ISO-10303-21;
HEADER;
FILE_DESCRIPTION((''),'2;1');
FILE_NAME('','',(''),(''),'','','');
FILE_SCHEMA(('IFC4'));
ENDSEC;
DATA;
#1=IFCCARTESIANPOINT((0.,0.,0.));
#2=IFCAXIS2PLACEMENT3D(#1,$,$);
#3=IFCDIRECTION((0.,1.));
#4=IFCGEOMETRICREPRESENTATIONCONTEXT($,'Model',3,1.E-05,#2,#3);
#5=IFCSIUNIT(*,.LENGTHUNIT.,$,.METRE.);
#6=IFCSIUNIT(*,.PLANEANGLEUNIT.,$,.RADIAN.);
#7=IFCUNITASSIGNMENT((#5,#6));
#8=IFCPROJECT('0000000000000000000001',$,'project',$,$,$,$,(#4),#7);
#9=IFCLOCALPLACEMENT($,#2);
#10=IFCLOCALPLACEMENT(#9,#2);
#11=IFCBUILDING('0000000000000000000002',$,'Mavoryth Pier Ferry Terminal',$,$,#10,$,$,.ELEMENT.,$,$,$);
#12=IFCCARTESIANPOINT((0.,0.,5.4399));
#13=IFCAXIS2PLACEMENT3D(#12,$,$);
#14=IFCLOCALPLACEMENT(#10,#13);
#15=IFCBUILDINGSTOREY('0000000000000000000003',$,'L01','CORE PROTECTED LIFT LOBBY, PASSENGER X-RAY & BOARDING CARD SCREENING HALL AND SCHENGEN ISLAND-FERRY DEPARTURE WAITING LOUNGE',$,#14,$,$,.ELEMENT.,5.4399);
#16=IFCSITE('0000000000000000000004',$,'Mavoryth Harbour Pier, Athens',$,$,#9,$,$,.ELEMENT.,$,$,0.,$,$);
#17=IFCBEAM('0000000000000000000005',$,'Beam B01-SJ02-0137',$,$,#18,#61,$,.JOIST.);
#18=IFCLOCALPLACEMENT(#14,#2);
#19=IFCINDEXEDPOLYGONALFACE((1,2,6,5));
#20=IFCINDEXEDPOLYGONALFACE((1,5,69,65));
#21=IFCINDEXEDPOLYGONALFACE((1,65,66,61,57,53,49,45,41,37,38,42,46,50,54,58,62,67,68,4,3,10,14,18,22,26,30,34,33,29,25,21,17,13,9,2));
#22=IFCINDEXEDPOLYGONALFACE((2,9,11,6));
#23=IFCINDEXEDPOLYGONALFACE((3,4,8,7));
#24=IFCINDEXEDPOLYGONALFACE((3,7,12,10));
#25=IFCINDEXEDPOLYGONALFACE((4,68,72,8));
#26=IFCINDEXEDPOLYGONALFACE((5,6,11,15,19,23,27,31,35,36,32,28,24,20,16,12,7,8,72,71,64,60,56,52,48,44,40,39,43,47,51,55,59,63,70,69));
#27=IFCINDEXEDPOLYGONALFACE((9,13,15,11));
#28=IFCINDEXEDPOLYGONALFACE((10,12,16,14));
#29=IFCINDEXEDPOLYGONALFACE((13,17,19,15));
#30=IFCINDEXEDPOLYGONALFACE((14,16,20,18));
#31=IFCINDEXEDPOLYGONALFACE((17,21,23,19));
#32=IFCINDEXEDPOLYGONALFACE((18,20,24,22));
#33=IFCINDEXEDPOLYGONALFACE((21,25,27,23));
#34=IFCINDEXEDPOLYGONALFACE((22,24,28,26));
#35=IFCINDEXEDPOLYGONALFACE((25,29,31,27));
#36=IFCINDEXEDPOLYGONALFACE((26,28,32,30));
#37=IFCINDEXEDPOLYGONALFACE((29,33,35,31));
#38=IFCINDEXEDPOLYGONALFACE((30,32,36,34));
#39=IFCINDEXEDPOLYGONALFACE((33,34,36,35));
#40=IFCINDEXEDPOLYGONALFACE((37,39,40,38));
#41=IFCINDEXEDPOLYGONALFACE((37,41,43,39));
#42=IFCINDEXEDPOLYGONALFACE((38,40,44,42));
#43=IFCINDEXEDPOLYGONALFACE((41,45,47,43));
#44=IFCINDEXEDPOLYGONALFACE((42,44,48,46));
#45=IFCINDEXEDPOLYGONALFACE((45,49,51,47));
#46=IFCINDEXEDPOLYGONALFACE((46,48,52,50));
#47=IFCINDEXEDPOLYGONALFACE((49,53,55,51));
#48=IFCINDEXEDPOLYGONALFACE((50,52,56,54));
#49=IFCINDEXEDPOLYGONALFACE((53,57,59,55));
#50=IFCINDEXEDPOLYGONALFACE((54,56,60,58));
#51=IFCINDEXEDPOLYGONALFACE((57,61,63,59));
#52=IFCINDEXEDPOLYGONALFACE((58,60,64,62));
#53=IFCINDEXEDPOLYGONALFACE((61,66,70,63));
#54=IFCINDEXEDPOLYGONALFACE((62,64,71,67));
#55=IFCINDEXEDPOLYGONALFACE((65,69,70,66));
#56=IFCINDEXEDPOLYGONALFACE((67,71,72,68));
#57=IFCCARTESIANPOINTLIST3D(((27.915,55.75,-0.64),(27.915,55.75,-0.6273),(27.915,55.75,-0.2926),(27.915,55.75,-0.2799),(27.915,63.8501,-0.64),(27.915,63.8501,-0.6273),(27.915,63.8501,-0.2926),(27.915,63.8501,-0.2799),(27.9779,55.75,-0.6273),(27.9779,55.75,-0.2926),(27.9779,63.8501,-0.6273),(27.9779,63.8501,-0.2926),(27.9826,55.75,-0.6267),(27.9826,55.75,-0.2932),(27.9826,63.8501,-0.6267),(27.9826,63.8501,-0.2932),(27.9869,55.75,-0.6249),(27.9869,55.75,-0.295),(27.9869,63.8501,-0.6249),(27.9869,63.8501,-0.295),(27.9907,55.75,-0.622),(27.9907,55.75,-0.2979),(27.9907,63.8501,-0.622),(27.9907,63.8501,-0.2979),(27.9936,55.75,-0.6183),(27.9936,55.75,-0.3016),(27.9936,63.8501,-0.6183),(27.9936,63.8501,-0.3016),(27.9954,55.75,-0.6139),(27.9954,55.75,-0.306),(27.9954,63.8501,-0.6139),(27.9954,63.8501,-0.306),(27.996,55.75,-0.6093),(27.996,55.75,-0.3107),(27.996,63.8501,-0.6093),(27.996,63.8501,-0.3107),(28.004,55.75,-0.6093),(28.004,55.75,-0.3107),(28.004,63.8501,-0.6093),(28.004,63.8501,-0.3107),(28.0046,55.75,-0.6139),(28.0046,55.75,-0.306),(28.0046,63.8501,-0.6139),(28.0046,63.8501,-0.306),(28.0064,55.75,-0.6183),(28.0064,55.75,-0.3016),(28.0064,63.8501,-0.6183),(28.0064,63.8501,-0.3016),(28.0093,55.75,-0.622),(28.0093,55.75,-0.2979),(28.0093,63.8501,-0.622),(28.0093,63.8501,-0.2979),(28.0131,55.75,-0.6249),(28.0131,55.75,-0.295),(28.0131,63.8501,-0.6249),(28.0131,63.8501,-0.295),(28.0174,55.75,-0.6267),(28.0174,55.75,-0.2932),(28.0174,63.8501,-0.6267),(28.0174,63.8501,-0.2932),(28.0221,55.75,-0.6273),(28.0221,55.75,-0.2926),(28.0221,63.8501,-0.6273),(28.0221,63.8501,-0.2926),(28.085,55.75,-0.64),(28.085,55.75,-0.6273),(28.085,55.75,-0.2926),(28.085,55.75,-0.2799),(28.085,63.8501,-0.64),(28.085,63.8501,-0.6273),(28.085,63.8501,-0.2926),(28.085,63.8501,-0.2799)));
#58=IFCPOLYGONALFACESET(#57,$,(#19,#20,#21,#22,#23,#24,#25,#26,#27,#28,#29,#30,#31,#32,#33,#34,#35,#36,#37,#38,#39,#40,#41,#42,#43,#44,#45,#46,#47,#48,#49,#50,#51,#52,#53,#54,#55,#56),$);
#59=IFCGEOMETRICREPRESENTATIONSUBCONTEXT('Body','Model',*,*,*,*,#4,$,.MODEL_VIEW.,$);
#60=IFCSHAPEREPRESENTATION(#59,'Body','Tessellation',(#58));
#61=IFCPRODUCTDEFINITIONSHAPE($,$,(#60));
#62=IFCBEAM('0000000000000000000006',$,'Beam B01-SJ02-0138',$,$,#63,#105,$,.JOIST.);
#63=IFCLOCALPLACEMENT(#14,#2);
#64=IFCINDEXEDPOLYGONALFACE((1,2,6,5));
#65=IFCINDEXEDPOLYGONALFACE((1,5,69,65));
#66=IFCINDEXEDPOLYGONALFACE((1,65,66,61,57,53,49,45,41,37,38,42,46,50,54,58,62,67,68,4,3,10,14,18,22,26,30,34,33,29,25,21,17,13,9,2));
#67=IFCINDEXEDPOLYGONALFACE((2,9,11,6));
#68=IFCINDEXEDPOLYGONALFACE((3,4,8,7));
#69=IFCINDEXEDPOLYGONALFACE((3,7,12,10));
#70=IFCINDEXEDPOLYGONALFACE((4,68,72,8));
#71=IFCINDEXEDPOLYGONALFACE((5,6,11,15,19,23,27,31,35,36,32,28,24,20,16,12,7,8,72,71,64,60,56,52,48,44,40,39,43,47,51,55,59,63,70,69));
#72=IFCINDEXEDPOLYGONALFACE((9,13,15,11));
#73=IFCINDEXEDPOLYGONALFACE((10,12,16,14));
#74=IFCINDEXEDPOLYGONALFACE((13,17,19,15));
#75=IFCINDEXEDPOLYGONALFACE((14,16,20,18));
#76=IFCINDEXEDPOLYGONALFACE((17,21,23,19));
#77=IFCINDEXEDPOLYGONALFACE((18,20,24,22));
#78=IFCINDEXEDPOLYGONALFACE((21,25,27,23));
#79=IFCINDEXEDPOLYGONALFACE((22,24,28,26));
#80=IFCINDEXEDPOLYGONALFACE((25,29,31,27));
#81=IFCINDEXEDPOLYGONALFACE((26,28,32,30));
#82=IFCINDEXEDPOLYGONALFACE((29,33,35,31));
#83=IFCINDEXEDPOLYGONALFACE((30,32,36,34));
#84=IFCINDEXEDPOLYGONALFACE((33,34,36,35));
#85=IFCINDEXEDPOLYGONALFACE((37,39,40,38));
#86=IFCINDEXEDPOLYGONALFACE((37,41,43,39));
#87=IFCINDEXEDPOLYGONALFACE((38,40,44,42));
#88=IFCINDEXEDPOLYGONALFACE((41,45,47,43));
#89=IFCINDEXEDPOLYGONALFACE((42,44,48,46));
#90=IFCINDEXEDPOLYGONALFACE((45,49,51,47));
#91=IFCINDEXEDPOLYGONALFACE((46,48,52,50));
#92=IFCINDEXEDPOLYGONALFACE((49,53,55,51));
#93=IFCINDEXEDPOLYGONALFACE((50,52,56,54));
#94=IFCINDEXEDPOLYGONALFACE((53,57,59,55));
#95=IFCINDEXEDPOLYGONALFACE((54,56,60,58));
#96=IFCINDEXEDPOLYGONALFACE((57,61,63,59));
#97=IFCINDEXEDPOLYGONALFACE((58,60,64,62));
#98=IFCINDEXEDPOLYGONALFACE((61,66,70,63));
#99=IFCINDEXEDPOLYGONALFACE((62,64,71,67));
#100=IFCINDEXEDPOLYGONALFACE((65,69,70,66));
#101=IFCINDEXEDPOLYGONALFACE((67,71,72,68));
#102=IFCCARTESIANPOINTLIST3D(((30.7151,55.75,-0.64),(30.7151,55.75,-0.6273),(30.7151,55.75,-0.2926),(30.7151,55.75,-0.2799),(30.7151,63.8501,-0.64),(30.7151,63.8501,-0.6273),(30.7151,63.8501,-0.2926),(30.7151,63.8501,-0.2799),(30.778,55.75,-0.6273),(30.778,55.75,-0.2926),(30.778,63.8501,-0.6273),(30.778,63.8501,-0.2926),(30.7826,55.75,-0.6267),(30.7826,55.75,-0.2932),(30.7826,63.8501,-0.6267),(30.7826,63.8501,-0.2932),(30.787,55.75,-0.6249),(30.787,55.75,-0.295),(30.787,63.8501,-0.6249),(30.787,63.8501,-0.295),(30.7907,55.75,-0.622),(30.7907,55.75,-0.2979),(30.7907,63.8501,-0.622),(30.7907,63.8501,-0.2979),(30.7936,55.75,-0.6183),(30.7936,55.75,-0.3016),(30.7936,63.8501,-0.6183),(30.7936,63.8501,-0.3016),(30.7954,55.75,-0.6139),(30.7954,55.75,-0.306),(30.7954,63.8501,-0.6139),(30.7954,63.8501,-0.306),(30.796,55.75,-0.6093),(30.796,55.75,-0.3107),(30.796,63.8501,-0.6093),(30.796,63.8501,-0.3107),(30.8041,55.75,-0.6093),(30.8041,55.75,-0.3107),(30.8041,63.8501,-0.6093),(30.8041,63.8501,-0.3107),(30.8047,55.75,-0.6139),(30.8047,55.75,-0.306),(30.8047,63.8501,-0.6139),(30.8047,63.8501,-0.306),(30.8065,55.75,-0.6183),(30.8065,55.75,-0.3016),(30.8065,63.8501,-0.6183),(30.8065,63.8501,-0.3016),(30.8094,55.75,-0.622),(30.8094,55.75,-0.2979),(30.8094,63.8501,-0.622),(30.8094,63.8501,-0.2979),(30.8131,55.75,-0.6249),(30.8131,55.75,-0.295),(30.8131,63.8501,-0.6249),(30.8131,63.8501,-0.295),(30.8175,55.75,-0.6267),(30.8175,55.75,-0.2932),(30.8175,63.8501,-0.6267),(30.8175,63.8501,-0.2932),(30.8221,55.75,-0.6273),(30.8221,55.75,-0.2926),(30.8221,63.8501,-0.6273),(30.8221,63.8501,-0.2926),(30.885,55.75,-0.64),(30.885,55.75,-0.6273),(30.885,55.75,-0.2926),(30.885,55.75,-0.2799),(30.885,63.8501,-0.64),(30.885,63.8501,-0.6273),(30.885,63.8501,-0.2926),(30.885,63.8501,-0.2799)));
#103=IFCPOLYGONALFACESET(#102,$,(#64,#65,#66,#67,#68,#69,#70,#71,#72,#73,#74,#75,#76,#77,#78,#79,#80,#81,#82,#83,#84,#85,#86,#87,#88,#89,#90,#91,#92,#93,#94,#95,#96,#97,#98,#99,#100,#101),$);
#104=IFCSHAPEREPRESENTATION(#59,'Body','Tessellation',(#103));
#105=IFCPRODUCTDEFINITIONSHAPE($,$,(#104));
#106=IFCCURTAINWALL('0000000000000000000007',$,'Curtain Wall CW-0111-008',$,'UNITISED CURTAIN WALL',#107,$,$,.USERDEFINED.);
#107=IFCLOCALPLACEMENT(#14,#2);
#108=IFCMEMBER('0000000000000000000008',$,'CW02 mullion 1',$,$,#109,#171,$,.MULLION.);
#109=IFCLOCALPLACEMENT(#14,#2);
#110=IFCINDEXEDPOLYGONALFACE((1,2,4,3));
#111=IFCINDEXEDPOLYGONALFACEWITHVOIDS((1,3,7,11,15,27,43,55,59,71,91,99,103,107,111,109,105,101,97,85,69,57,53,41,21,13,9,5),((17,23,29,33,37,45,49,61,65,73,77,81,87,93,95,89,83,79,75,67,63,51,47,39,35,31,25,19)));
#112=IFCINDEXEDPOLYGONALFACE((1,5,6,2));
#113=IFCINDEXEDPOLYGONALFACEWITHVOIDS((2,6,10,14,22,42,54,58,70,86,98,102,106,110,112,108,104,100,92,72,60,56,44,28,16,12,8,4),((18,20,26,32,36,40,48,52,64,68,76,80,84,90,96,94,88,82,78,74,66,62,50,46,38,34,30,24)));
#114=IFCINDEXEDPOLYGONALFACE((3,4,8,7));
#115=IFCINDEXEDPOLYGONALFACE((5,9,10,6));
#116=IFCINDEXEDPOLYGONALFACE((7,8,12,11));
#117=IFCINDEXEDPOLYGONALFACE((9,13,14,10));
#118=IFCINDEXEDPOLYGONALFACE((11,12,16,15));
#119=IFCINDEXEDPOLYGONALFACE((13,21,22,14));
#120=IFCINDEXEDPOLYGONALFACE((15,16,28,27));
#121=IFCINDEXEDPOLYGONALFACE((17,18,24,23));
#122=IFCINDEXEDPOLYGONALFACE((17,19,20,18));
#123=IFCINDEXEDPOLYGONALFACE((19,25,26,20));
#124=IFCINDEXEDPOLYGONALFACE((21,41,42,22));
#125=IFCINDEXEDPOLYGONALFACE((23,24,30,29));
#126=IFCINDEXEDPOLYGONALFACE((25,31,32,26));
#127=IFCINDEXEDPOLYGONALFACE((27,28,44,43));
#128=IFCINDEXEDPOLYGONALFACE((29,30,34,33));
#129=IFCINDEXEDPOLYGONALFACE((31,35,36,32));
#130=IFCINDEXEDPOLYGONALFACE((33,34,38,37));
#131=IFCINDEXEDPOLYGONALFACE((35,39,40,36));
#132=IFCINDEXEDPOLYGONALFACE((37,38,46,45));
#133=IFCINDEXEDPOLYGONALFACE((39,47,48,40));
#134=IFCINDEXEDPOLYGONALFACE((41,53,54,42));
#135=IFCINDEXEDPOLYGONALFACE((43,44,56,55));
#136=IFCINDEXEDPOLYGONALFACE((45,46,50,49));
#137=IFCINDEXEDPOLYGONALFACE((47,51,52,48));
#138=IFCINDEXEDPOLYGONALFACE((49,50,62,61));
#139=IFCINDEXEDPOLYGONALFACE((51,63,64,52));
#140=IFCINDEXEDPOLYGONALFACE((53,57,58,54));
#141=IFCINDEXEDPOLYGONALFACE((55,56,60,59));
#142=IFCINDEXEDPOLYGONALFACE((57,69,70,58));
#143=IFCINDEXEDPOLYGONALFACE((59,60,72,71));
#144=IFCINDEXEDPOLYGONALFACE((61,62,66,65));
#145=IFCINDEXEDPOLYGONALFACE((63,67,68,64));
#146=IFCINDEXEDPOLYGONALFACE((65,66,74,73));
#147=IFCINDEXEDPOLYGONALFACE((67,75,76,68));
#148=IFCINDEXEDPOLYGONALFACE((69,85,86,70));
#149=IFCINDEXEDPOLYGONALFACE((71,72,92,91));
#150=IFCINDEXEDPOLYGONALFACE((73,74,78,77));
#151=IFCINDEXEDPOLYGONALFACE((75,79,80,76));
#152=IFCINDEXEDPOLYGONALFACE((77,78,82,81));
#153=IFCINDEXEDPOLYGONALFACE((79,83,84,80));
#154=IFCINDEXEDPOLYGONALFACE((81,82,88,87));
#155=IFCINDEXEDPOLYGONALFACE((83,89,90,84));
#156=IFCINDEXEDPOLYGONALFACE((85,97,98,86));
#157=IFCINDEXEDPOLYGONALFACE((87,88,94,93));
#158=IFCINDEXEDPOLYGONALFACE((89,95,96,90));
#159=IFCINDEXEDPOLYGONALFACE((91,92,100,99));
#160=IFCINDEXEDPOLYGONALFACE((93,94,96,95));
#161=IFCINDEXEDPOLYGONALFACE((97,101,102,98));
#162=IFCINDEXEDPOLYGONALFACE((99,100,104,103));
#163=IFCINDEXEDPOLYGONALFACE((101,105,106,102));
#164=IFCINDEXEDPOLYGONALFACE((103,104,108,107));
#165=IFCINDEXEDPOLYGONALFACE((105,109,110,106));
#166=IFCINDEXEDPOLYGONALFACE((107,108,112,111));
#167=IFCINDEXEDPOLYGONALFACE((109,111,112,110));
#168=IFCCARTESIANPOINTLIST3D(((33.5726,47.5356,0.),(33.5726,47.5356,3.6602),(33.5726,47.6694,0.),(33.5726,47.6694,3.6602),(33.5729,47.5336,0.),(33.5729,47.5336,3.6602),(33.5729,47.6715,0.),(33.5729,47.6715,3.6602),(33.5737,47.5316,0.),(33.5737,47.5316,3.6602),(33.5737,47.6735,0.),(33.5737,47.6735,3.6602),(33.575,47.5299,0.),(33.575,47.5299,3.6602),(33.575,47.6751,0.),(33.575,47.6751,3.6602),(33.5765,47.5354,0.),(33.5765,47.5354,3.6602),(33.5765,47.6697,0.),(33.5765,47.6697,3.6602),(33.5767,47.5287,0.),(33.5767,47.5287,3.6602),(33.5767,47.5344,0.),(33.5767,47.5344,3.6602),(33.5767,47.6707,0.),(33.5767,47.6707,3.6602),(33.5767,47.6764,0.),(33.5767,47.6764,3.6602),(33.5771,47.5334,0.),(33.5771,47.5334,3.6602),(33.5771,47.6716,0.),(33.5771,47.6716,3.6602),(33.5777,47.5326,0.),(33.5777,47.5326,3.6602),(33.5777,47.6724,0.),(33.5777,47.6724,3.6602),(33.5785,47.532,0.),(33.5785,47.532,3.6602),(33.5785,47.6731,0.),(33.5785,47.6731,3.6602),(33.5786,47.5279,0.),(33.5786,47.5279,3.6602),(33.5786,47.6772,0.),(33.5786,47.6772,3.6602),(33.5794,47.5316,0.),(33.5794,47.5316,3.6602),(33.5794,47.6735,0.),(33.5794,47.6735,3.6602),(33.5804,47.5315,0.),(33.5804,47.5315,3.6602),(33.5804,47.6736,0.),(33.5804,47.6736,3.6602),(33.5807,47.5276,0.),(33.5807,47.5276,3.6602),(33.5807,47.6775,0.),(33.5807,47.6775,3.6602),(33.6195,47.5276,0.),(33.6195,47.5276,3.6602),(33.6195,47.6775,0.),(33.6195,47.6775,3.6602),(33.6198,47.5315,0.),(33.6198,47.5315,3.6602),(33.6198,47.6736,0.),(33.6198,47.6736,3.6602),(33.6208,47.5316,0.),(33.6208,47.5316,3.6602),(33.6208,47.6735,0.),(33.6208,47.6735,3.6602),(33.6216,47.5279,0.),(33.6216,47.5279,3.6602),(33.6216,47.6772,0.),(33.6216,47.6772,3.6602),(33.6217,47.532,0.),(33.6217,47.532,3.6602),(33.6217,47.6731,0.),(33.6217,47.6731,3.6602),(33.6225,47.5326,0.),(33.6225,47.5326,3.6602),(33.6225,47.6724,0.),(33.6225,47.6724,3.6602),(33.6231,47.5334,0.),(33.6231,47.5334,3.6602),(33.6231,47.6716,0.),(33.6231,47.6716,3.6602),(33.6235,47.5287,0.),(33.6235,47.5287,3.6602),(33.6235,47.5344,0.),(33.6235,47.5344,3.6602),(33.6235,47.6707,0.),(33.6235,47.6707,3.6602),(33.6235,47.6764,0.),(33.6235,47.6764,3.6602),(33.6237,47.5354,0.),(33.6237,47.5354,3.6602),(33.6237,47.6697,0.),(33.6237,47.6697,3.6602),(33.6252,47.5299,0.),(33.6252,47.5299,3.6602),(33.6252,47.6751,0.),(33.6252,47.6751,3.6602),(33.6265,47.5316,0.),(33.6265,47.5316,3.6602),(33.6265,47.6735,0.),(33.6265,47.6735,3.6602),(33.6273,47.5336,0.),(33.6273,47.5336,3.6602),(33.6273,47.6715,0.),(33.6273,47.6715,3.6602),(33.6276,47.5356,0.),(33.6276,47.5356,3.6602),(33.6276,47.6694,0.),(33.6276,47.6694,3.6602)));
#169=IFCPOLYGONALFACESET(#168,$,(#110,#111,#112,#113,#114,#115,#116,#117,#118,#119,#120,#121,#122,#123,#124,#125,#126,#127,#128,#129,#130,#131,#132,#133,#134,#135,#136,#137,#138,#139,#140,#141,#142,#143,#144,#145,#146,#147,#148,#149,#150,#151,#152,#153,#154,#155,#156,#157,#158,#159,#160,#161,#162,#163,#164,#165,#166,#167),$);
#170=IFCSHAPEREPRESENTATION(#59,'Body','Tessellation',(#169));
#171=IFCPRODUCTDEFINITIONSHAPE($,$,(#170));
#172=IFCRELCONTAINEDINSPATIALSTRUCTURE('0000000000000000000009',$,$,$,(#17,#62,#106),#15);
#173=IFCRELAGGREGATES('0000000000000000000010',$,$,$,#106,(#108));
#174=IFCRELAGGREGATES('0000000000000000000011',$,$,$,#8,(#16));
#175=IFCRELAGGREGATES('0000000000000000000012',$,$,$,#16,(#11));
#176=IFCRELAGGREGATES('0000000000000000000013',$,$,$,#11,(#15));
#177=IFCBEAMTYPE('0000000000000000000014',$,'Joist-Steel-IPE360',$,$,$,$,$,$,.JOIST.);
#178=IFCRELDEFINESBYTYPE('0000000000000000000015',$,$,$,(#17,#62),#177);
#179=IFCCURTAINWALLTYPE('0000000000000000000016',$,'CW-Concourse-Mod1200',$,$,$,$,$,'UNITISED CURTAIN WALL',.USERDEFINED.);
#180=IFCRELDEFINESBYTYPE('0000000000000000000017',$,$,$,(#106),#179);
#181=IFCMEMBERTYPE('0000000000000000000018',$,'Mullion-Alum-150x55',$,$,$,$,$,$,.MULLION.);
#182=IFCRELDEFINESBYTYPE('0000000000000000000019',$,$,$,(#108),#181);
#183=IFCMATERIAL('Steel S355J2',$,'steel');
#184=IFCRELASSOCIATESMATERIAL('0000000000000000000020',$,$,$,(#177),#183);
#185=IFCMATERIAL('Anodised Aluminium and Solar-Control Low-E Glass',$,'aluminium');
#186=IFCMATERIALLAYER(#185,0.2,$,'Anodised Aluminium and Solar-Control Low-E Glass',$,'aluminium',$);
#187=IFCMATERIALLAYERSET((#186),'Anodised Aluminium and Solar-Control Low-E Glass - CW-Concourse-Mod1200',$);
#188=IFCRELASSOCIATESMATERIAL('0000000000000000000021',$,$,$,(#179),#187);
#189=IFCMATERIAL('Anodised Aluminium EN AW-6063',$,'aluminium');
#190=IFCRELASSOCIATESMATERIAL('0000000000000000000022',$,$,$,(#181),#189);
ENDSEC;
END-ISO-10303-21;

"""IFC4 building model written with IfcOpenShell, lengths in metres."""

from ifc_helpers import new_model, si_unit, direction, frame, origin, origin_2d, place, context, subcontext, project, spatial, hollow_rectangle, i_section, extrude, material, layer, layer_set, material_profile, profile_set, type_object, element, aggregate, save


model = new_model("IFC4")

# Units and contexts
model_context = context("Model", 3, precision=1e-05, world=origin(), true_north=direction((0.0, 1.0)))
body_context = subcontext(model_context, "Body", "Model", "MODEL_VIEW")
ifc_project = project(units=[si_unit("LENGTHUNIT", "METRE"), si_unit("PLANEANGLEUNIT", "RADIAN")], contexts=[model_context])

# Site, building, storey
site_placement = place(None, origin())
site = spatial("IfcSite", under=ifc_project, at=site_placement, Name="Mavoryth Harbour Pier, Athens", CompositionType="ELEMENT", RefElevation=0.0)
building_placement = place(site_placement, origin())
building = spatial("IfcBuilding", under=site, at=building_placement, Name="Mavoryth Pier Ferry Terminal", CompositionType="ELEMENT")
storey_placement = place(building_placement, frame((0.0, 0.0, 5.4399)))
storey = spatial("IfcBuildingStorey", under=building, at=storey_placement, Name="L01", Description="CORE PROTECTED LIFT LOBBY, PASSENGER X-RAY & BOARDING CARD SCREENING HALL AND SCHENGEN ISLAND-FERRY DEPARTURE WAITING LOUNGE", CompositionType="ELEMENT", Elevation=5.4399)

# Beams
ifc_material_1 = material(Name="Steel S355J2", Category="steel")
ifc_material_profile_1 = material_profile(ifc_material_1, i_section(OverallWidth=0.1699, OverallDepth=0.3601, WebThickness=0.0081, FlangeThickness=0.0127, FilletRadius=0.0181, at=origin_2d()), Name="IPE 360", Category="steel")
ifc_profile_set_1 = profile_set([ifc_material_profile_1], Name="Steel S355J2 - IPE 360")
beam_type_1 = type_object("IfcBeamType", Name="Joist-Steel-IPE360", PredefinedType="JOIST", material=ifc_profile_set_1)
for number, where, z_axis, x_axis, name in (
    (1, (28.0, 55.75, -0.46), (0.0, 1.0, 0.0), (-1.0, 0.0, 0.0), "Beam B01-SJ02-0137"),
    (2, (30.8, 55.75, -0.46), (0.0, 1.0, 0.0), (-1.0, 0.0, 0.0), "Beam B01-SJ02-0138"),
):
    element("IfcBeam", number, at=place(storey_placement, frame(where, z_axis=z_axis, x_axis=x_axis)), inside=storey, type_object=beam_type_1, Name=name, PredefinedType="JOIST", context=body_context, shape_type="SweptSolid", body=[
        extrude(i_section(OverallWidth=0.1699, OverallDepth=0.3601, WebThickness=0.0081, FlangeThickness=0.0127, FilletRadius=0.0181, at=origin_2d()), origin(), (0.0, 0.0, 1.0), 8.1001),
    ])

# Curtain wall, member
ifc_material_2 = material(Name="Anodised Aluminium and Solar-Control Low-E Glass", Category="aluminium")
ifc_layer_1 = layer(ifc_material_2, 0.2, Name="Anodised Aluminium and Solar-Control Low-E Glass", Category="aluminium")
ifc_layer_set_1 = layer_set([ifc_layer_1], Name="Anodised Aluminium and Solar-Control Low-E Glass - CW-Concourse-Mod1200")
curtain_wall_type = type_object("IfcCurtainWallType", Name="CW-Concourse-Mod1200", ElementType="UNITISED CURTAIN WALL", PredefinedType="USERDEFINED", material=ifc_layer_set_1)
curtain_wall_placement = place(storey_placement, origin())
curtain_wall = element("IfcCurtainWall", 3, at=curtain_wall_placement, inside=storey, type_object=curtain_wall_type, Name="Curtain Wall CW-0111-008", ObjectType="UNITISED CURTAIN WALL", PredefinedType="USERDEFINED")
ifc_material_3 = material(Name="Anodised Aluminium EN AW-6063", Category="aluminium")
ifc_material_profile_2 = material_profile(ifc_material_3, hollow_rectangle(XDim=0.0549, YDim=0.1499, WallThickness=0.0039, InnerFilletRadius=0.0039, OuterFilletRadius=0.0081, at=origin_2d()), Name="AL-MULL 150x55x4", Category="aluminium")
ifc_profile_set_2 = profile_set([ifc_material_profile_2], Name="Anodised Aluminium EN AW-6063 - AL-MULL 150x55x4")
member_type_1 = type_object("IfcMemberType", Name="Mullion-Alum-150x55", PredefinedType="MULLION", material=ifc_profile_set_2)
member_1_placement = place(storey_placement, frame((33.6001, 47.6025, 0.0), z_axis=(0.0, 0.0, 1.0), x_axis=(-1.0, 0.0, 0.0)))
member_1 = element("IfcMember", 4, at=member_1_placement, type_object=member_type_1, Name="CW02 mullion 1", PredefinedType="MULLION", context=body_context, shape_type="SweptSolid", body=[
    extrude(hollow_rectangle(XDim=0.0549, YDim=0.1499, WallThickness=0.0039, InnerFilletRadius=0.0039, OuterFilletRadius=0.0081, at=origin_2d()), origin(), (0.0, 0.0, 1.0), 3.6602),
])

aggregate(curtain_wall, [member_1])

save(model, "model.ifc")
